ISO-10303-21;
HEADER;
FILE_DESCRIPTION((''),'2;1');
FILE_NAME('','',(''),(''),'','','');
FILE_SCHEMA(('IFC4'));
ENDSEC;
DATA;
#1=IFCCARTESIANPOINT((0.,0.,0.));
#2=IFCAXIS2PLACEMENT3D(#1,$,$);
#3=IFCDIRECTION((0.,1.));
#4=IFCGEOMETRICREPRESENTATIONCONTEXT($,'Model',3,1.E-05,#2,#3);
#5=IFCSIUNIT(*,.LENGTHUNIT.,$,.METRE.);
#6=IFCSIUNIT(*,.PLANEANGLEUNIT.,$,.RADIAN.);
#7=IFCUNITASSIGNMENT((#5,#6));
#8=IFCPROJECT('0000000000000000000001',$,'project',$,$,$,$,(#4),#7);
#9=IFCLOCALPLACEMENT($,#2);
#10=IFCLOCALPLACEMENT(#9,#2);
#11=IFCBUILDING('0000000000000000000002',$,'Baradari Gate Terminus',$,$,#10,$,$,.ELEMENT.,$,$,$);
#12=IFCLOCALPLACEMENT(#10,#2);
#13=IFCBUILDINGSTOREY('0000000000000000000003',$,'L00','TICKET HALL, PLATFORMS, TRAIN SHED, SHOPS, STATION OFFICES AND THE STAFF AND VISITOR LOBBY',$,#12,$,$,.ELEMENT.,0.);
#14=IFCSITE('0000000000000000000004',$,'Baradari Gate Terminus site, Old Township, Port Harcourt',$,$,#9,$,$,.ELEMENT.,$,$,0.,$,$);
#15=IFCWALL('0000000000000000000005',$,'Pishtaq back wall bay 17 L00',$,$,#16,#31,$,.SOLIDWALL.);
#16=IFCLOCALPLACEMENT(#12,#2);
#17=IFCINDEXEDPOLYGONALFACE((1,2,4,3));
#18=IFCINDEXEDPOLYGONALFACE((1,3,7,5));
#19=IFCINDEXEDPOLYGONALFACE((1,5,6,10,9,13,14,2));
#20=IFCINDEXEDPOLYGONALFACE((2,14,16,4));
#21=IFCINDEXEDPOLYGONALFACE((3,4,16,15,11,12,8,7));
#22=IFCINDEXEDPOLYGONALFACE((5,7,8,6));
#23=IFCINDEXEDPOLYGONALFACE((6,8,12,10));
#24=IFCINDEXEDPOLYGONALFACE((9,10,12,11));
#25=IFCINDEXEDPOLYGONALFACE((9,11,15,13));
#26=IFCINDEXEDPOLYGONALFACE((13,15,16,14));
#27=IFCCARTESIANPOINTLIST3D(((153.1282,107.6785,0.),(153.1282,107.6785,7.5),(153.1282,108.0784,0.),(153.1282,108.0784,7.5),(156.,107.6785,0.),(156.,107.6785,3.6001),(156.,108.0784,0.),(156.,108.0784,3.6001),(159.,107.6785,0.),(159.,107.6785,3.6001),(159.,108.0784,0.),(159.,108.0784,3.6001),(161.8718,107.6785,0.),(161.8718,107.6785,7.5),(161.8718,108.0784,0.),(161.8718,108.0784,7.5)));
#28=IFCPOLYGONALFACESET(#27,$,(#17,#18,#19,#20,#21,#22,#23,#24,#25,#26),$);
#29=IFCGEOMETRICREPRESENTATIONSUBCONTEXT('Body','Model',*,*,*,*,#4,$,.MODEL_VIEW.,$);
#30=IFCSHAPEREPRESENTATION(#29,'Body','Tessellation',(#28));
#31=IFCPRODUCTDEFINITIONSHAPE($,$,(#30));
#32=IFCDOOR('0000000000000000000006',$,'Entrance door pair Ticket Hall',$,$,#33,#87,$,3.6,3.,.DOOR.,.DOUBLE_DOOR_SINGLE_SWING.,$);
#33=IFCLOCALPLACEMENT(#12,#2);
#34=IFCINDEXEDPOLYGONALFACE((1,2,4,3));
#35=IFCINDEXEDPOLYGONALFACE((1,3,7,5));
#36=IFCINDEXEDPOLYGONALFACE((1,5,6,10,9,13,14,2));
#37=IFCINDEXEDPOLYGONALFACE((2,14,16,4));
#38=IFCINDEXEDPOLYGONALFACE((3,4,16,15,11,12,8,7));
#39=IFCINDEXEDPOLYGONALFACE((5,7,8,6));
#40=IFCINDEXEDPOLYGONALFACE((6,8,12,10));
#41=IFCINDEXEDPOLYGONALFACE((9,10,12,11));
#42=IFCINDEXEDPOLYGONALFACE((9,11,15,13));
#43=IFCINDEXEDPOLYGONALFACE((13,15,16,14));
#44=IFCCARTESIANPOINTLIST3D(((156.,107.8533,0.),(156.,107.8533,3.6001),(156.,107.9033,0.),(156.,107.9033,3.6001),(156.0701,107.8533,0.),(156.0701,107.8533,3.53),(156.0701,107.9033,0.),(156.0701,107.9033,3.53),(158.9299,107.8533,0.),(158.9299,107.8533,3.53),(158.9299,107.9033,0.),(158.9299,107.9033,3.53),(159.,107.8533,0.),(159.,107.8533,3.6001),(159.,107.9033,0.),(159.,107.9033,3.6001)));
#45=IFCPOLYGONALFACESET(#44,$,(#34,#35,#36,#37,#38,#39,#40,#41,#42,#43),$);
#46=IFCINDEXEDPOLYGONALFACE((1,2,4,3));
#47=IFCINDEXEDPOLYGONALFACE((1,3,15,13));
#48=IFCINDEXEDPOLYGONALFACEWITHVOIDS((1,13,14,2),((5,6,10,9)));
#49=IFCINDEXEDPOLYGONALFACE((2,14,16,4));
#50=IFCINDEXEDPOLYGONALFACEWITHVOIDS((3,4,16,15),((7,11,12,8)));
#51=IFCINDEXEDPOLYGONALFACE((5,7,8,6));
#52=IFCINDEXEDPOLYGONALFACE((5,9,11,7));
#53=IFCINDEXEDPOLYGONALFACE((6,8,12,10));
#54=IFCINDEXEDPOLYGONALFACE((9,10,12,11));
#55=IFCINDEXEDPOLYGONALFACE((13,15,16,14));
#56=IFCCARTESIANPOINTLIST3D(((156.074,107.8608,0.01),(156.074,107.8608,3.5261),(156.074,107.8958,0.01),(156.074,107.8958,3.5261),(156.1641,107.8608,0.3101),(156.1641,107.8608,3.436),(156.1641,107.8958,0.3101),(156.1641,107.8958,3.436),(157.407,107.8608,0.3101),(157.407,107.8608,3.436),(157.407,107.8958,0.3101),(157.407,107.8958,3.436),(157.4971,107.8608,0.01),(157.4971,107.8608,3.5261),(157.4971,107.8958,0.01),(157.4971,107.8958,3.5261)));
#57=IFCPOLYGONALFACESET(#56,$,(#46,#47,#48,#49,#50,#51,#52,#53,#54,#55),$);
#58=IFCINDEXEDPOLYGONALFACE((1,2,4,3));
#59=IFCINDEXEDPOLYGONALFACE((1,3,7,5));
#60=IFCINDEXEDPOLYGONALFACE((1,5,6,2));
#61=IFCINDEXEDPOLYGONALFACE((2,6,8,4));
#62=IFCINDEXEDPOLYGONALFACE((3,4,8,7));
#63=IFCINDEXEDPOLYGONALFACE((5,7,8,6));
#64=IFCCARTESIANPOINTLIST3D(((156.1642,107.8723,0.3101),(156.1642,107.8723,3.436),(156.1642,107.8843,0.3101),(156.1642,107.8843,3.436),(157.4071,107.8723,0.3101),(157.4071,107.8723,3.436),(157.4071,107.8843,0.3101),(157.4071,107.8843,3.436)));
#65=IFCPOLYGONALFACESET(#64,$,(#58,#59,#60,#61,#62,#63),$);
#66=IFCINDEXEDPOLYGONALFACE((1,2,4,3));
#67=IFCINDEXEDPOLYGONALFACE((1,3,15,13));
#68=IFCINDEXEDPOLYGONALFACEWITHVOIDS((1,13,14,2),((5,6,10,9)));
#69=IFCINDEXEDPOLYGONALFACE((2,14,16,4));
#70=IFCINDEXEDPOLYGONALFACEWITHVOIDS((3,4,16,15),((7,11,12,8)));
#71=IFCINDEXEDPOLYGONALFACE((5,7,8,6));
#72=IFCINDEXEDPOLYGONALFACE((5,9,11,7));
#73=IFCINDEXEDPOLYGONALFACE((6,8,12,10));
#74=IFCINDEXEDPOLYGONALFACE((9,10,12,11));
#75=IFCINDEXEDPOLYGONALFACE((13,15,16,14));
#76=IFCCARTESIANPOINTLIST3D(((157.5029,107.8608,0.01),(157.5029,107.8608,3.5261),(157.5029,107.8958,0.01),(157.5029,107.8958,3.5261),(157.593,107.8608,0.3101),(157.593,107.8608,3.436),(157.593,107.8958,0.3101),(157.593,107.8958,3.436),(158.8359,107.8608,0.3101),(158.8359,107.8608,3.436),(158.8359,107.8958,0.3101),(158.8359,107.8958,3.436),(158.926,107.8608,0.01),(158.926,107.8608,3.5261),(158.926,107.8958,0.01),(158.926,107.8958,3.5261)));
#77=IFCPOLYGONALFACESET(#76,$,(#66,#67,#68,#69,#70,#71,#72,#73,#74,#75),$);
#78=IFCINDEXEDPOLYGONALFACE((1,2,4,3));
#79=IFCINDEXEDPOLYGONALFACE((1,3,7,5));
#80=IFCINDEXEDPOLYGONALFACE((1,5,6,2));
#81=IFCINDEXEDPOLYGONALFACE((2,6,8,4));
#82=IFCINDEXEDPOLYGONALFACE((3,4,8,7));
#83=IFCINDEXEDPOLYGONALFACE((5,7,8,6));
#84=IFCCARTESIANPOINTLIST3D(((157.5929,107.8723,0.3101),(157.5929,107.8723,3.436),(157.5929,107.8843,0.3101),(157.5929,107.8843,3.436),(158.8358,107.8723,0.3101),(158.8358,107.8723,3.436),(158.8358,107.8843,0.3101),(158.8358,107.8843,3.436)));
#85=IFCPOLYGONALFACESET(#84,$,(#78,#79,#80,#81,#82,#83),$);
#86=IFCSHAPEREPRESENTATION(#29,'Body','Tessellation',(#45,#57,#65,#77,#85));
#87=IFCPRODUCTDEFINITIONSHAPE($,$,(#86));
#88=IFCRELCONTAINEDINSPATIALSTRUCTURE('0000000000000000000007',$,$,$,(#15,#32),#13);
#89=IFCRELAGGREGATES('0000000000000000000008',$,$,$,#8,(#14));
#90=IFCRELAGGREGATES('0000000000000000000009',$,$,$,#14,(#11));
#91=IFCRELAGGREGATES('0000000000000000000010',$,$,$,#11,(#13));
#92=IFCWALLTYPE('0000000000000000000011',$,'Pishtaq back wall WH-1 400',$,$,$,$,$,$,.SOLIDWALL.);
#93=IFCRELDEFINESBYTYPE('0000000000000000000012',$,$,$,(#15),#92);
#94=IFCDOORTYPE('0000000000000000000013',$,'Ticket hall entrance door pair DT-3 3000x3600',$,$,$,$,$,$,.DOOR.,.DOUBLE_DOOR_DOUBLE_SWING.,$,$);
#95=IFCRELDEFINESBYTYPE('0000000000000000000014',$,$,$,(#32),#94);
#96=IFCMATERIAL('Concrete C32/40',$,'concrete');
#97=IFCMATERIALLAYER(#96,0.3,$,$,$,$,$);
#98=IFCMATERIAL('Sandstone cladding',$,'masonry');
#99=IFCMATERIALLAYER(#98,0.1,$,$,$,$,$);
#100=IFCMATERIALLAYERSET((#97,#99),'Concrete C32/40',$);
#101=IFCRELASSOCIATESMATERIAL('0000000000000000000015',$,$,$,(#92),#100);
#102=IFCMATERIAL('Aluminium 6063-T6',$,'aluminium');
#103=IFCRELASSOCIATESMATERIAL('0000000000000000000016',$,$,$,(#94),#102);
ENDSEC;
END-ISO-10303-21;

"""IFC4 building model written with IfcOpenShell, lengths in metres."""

from ifc_helpers import new_model, si_unit, direction, frame, frame_2d, origin, place, context, subcontext, project, spatial, polyline, rectangle, outline, extrude, material, layer, layer_set, type_object, element, fill, save


model = new_model("IFC4")

# Units and contexts
model_context = context("Model", 3, precision=1e-05, world=origin(), true_north=direction((0.0, 1.0)))
body_context = subcontext(model_context, "Body", "Model", "MODEL_VIEW")
ifc_project = project(units=[si_unit("LENGTHUNIT", "METRE"), si_unit("PLANEANGLEUNIT", "RADIAN")], contexts=[model_context])

# Site, building, storey
site_placement = place(None, origin())
site = spatial("IfcSite", under=ifc_project, at=site_placement, Name="Baradari Gate Terminus site, Old Township, Port Harcourt", CompositionType="ELEMENT", RefElevation=0.0)
building_placement = place(site_placement, origin())
building = spatial("IfcBuilding", under=site, at=building_placement, Name="Baradari Gate Terminus", CompositionType="ELEMENT")
storey_placement = place(building_placement, origin())
storey = spatial("IfcBuildingStorey", under=building, at=storey_placement, Name="L00", Description="TICKET HALL, PLATFORMS, TRAIN SHED, SHOPS, STATION OFFICES AND THE STAFF AND VISITOR LOBBY", CompositionType="ELEMENT", Elevation=0.0)

# Wall, opening, door
ifc_material_1 = material(Name="Concrete C32/40", Category="concrete")
ifc_layer_1 = layer(ifc_material_1, 0.3)
ifc_material_2 = material(Name="Sandstone cladding", Category="masonry")
ifc_layer_2 = layer(ifc_material_2, 0.1)
ifc_layer_set = layer_set([ifc_layer_1, ifc_layer_2], Name="Concrete C32/40")
wall_type = type_object("IfcWallType", Name="Pishtaq back wall WH-1 400", PredefinedType="SOLIDWALL", material=ifc_layer_set)
ifc_material_3 = material(Name="Aluminium 6063-T6", Category="aluminium")
door_type = type_object("IfcDoorType", Name="Ticket hall entrance door pair DT-3 3000x3600", OperationType="DOUBLE_DOOR_DOUBLE_SWING", PredefinedType="DOOR", material=ifc_material_3)
wall_1_placement = place(storey_placement, frame((153.1282, 107.8784, 0.0), z_axis=(0.0, 0.0, 1.0), x_axis=(1.0, 0.0, 0.0)))
wall_1 = element("IfcWall", 1, at=wall_1_placement, inside=storey, type_object=wall_type, Name="Pishtaq back wall bay 17 L00", PredefinedType="SOLIDWALL", context=body_context, shape_type="SweptSolid", body=[
    extrude(rectangle(XDim=8.7437, YDim=0.3999, at=frame_2d((4.3718, 0.0))), origin(), (0.0, 0.0, 1.0), 7.5),
])
opening_1_placement = place(wall_1_placement, frame((2.8718, 0.0, 0.0)))
opening_1 = element("IfcOpeningElement", 2, at=opening_1_placement, cuts=wall_1, PredefinedType="OPENING", context=body_context, shape_type="SweptSolid", body=[
    extrude(rectangle(XDim=3.0, YDim=3.6001, at=frame_2d((1.5, 1.8))), frame((0.0, 0.21, 0.0), z_axis=(0.0, -1.0, 0.0), x_axis=(1.0, 0.0, 0.0)), (0.0, 0.0, 1.0), 0.4199),
])
door_1_placement = place(opening_1_placement, origin())
door_1 = element("IfcDoor", 3, at=door_1_placement, inside=storey, type_object=door_type, Name="Entrance door pair Ticket Hall", OperationType="DOUBLE_DOOR_SINGLE_SWING", OverallHeight=3.6, OverallWidth=3.0, PredefinedType="DOOR", context=body_context, shape_type="SweptSolid", body=[
    extrude(outline(polyline([(0.0, 0.0), (0.0701, 0.0), (0.0701, 3.53), (2.9299, 3.53), (2.9299, 0.0), (3.0, 0.0), (3.0, 3.6001), (0.0, 3.6001), (0.0, 0.0)])), frame((0.0, 0.0249, 0.0), z_axis=(0.0, -1.0, 0.0), x_axis=(1.0, 0.0, 0.0)), (0.0, 0.0, 1.0), 0.05),
    extrude(outline(polyline([(0.074, 0.01), (1.4971, 0.01), (1.4971, 3.5261), (0.074, 3.5261), (0.074, 0.01)]), holes=[polyline([(0.1641, 0.3101), (1.407, 0.3101), (1.407, 3.436), (0.1641, 3.436), (0.1641, 0.3101)])]), frame((0.0, 0.0173, 0.0), z_axis=(0.0, -1.0, 0.0), x_axis=(1.0, 0.0, 0.0)), (0.0, 0.0, 1.0), 0.0349),
    extrude(rectangle(XDim=1.2429, YDim=3.126, at=frame_2d((0.7856, 1.873))), frame((0.0, 0.0059, 0.0), z_axis=(0.0, -1.0, 0.0), x_axis=(1.0, 0.0, 0.0)), (0.0, 0.0, 1.0), 0.012),
    extrude(outline(polyline([(1.5029, 0.01), (2.926, 0.01), (2.926, 3.5261), (1.5029, 3.5261), (1.5029, 0.01)]), holes=[polyline([(1.593, 0.3101), (2.8359, 0.3101), (2.8359, 3.436), (1.593, 3.436), (1.593, 0.3101)])]), frame((0.0, 0.0173, 0.0), z_axis=(0.0, -1.0, 0.0), x_axis=(1.0, 0.0, 0.0)), (0.0, 0.0, 1.0), 0.0349),
    extrude(rectangle(XDim=1.2429, YDim=3.126, at=frame_2d((2.2144, 1.873))), frame((0.0, 0.0059, 0.0), z_axis=(0.0, -1.0, 0.0), x_axis=(1.0, 0.0, 0.0)), (0.0, 0.0, 1.0), 0.012),
])
fill(opening_1, door_1)

save(model, "model.ifc")
